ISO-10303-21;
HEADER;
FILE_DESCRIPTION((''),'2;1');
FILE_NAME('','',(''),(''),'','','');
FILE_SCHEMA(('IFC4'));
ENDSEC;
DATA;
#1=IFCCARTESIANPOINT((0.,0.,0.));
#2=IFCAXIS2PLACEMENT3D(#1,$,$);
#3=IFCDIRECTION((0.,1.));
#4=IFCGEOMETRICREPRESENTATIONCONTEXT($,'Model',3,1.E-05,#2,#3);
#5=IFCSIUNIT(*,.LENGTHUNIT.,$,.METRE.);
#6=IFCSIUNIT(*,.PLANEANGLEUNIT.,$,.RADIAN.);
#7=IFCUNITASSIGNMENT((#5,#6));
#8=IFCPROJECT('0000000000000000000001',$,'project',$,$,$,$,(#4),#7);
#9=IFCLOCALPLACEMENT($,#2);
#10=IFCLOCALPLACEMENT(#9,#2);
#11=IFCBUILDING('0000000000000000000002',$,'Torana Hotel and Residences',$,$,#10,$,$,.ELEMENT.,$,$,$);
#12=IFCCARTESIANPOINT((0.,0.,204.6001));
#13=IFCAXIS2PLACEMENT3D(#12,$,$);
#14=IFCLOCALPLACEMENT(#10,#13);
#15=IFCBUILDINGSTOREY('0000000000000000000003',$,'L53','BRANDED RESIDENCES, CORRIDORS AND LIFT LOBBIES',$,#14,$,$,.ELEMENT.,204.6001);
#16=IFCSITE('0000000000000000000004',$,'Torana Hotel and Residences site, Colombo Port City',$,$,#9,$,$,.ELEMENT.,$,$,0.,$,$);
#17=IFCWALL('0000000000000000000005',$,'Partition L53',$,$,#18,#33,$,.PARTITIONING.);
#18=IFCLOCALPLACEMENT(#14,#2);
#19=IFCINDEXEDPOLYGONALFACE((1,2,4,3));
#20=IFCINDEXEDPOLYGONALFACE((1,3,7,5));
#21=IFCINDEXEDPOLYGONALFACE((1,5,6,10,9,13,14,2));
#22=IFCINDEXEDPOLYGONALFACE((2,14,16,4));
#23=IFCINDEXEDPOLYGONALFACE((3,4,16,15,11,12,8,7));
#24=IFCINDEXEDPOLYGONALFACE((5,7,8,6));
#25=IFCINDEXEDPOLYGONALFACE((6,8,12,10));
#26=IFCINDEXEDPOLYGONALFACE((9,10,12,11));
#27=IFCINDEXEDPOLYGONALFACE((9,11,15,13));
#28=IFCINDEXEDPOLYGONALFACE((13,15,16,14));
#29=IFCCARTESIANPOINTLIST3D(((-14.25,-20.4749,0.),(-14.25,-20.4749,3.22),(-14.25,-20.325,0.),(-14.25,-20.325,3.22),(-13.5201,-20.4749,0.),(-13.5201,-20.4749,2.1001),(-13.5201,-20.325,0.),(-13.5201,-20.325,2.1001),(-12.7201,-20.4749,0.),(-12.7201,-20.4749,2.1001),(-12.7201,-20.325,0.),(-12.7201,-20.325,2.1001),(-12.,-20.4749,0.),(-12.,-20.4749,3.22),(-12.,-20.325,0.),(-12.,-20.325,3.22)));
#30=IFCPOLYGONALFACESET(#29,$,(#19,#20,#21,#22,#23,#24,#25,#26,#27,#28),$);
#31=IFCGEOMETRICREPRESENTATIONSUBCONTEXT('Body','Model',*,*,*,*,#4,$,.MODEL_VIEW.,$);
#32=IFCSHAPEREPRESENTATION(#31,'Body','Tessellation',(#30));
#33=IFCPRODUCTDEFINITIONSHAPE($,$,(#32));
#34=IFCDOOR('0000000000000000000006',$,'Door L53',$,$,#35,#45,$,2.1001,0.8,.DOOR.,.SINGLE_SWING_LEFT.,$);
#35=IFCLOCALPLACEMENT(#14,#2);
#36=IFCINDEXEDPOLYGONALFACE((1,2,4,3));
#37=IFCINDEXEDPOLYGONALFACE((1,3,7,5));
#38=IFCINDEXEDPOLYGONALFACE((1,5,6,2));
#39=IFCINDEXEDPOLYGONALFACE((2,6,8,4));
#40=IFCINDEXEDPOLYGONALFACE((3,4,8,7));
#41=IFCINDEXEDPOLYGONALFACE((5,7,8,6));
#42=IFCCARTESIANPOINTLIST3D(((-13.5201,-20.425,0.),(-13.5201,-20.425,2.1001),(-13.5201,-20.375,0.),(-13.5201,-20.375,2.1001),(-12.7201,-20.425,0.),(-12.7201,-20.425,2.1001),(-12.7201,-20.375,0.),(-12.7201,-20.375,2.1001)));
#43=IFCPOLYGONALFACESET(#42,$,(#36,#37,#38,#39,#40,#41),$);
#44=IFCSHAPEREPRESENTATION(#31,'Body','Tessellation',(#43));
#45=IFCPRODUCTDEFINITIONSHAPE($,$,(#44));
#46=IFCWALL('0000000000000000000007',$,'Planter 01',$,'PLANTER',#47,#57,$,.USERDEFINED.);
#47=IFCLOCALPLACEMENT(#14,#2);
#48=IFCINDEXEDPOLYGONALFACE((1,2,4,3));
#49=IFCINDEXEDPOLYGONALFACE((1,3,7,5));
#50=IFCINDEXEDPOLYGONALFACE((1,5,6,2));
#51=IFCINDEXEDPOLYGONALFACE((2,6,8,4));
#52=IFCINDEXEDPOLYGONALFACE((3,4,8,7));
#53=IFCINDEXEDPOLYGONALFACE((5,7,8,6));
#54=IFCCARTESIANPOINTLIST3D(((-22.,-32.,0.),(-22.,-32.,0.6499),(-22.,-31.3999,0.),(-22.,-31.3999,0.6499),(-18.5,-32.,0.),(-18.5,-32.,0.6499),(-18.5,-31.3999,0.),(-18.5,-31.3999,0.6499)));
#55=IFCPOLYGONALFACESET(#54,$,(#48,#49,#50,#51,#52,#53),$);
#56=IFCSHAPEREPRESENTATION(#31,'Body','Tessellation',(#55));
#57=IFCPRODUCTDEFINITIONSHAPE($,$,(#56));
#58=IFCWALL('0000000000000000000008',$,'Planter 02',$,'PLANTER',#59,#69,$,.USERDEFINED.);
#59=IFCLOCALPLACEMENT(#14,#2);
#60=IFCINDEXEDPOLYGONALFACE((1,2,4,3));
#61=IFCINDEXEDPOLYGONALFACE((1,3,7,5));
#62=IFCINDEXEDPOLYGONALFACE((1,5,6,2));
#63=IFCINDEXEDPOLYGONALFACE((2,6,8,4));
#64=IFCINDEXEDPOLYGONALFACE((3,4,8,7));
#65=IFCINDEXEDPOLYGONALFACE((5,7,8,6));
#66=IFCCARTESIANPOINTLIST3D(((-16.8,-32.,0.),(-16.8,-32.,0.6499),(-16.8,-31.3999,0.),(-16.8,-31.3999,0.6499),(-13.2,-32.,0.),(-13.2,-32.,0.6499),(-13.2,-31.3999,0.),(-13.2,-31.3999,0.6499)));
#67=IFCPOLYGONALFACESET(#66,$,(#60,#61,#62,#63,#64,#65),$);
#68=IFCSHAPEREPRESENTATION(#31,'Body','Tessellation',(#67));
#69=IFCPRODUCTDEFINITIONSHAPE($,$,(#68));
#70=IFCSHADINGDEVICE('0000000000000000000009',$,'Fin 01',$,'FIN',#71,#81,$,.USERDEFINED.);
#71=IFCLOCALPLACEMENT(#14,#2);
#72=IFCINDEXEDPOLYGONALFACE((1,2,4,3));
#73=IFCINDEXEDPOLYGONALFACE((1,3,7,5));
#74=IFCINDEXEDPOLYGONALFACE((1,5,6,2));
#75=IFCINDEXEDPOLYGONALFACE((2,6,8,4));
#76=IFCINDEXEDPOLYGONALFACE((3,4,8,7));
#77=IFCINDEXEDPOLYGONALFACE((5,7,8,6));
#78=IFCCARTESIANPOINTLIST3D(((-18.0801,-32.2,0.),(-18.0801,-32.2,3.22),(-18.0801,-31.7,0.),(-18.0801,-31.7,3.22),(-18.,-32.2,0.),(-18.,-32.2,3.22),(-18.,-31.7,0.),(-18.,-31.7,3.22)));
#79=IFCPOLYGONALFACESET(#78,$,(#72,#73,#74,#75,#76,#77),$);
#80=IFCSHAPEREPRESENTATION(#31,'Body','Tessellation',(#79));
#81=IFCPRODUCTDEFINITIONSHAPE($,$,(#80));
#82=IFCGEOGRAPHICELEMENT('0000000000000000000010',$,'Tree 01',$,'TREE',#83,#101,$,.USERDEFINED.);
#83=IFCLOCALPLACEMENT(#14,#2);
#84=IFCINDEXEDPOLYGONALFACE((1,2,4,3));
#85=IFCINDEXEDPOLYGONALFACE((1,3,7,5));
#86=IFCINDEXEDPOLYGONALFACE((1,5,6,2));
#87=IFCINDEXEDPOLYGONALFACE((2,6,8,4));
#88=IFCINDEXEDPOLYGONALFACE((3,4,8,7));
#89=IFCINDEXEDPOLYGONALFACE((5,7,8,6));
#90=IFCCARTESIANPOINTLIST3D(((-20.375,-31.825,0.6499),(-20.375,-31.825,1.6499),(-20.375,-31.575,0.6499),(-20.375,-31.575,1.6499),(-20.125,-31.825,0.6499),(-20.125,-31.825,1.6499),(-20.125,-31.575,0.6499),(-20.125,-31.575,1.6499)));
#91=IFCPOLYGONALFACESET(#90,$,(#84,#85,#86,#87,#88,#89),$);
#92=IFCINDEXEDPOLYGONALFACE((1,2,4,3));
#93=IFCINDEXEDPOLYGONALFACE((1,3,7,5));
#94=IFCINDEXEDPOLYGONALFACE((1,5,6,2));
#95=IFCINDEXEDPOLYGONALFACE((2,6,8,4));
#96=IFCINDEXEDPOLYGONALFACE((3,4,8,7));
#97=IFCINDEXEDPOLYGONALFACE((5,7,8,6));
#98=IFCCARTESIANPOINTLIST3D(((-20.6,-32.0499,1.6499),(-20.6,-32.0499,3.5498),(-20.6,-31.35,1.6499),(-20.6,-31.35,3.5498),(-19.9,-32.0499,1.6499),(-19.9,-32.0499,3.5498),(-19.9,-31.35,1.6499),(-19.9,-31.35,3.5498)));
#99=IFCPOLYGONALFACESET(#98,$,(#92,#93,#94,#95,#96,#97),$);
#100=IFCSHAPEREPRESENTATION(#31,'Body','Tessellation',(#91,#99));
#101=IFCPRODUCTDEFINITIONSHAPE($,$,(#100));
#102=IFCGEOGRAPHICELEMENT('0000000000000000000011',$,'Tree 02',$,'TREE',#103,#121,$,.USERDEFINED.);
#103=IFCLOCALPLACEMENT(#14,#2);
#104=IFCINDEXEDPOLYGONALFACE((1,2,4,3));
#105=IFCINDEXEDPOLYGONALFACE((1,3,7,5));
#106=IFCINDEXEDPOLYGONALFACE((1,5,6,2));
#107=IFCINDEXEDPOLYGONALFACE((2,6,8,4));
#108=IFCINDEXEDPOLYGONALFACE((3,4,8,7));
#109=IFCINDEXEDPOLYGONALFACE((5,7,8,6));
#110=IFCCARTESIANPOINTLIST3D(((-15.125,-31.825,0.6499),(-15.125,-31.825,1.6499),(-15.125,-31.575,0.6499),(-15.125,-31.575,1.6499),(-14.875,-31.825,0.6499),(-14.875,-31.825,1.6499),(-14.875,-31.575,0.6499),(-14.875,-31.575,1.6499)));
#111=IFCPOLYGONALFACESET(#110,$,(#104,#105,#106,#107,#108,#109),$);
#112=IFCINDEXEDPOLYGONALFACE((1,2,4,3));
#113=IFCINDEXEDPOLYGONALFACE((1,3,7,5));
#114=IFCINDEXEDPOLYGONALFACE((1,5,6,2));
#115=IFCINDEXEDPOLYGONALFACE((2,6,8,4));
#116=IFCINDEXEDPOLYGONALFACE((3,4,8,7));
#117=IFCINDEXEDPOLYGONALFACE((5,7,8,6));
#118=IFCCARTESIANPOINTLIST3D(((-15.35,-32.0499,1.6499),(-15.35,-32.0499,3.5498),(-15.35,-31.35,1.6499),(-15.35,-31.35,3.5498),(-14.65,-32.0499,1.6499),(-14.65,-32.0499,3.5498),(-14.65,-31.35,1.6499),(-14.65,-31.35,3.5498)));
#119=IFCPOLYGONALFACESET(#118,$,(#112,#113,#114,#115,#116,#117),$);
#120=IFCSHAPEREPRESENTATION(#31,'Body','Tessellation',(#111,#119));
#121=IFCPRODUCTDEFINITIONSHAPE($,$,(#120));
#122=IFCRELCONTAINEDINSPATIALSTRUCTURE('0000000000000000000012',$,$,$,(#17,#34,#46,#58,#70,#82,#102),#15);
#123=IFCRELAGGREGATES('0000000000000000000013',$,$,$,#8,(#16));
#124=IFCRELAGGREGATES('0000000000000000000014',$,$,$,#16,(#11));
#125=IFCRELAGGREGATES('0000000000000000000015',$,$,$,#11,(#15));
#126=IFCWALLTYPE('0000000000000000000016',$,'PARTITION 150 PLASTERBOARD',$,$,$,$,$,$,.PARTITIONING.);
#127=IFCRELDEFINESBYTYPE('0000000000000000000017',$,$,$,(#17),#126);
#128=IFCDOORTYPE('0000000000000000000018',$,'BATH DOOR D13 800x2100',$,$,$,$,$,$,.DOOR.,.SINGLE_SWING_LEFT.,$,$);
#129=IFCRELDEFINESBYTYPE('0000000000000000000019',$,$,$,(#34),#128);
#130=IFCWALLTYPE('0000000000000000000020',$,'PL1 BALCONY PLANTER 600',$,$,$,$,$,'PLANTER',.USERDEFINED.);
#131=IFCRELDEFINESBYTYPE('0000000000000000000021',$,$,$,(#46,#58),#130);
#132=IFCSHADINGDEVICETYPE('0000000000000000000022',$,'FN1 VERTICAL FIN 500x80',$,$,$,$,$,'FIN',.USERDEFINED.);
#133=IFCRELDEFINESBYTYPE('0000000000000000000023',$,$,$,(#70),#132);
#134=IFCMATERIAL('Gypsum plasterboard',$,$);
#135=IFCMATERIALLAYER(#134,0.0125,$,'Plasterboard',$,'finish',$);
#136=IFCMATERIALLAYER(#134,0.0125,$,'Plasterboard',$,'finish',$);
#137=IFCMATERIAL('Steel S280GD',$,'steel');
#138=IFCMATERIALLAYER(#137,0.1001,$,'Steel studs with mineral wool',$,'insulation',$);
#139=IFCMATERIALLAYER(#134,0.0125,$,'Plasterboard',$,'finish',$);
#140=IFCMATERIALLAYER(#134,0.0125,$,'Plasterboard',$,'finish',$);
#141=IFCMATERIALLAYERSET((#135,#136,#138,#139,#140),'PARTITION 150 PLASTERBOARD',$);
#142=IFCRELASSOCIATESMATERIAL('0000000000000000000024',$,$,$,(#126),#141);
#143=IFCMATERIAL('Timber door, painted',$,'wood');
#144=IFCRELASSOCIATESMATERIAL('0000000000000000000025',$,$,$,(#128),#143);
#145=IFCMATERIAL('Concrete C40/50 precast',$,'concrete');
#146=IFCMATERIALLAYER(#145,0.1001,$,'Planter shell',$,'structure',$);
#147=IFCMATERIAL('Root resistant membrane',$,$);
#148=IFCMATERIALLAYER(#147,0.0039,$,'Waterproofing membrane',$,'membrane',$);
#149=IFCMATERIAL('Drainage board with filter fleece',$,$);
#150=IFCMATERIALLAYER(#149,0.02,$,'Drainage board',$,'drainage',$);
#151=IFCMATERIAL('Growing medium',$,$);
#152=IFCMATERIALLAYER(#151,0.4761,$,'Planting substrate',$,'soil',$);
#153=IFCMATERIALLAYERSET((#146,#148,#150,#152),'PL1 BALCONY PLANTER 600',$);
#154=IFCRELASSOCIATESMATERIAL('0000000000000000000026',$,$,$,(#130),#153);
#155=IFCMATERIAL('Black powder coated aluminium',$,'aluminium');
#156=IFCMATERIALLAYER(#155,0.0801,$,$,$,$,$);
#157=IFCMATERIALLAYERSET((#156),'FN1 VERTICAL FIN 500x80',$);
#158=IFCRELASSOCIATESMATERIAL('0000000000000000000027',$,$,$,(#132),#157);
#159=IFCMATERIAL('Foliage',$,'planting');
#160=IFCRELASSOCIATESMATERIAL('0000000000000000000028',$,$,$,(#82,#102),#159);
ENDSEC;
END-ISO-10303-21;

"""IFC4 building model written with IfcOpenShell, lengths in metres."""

from ifc_helpers import new_model, si_unit, direction, frame, frame_2d, origin, origin_2d, place, context, subcontext, project, spatial, rectangle, extrude, material, layer, layer_set, type_object, element, fill, save


model = new_model("IFC4")

# Units and contexts
model_context = context("Model", 3, precision=1e-05, world=origin(), true_north=direction((0.0, 1.0)))
body_context = subcontext(model_context, "Body", "Model", "MODEL_VIEW")
ifc_project = project(units=[si_unit("LENGTHUNIT", "METRE"), si_unit("PLANEANGLEUNIT", "RADIAN")], contexts=[model_context])

# Site, building, storey
site_placement = place(None, origin())
site = spatial("IfcSite", under=ifc_project, at=site_placement, Name="Torana Hotel and Residences site, Colombo Port City", CompositionType="ELEMENT", RefElevation=0.0)
building_placement = place(site_placement, origin())
building = spatial("IfcBuilding", under=site, at=building_placement, Name="Torana Hotel and Residences", CompositionType="ELEMENT")
storey_placement = place(building_placement, frame((0.0, 0.0, 204.6001)))
storey = spatial("IfcBuildingStorey", under=building, at=storey_placement, Name="L53", Description="BRANDED RESIDENCES, CORRIDORS AND LIFT LOBBIES", CompositionType="ELEMENT", Elevation=204.6001)

# Shared definitions
ifc_material_1 = material(Name="Gypsum plasterboard")
ifc_layer_1 = layer(ifc_material_1, 0.0125, Name="Plasterboard", Category="finish")
ifc_layer_2 = layer(ifc_material_1, 0.0125, Name="Plasterboard", Category="finish")
ifc_material_2 = material(Name="Steel S280GD", Category="steel")
ifc_layer_3 = layer(ifc_material_2, 0.1001, Name="Steel studs with mineral wool", Category="insulation")
ifc_layer_4 = layer(ifc_material_1, 0.0125, Name="Plasterboard", Category="finish")
ifc_layer_5 = layer(ifc_material_1, 0.0125, Name="Plasterboard", Category="finish")
ifc_layer_set_1 = layer_set([ifc_layer_1, ifc_layer_2, ifc_layer_3, ifc_layer_4, ifc_layer_5], Name="PARTITION 150 PLASTERBOARD")
wall_type_1 = type_object("IfcWallType", Name="PARTITION 150 PLASTERBOARD", PredefinedType="PARTITIONING", material=ifc_layer_set_1)

# Wall, opening, door
wall_1_placement = place(storey_placement, frame((-14.25, -20.3999, 0.0), z_axis=(0.0, 0.0, 1.0), x_axis=(1.0, 0.0, 0.0)))
wall_1 = element("IfcWall", 1, at=wall_1_placement, inside=storey, type_object=wall_type_1, Name="Partition L53", PredefinedType="PARTITIONING", context=body_context, shape_type="SweptSolid", body=[
    extrude(rectangle(XDim=2.25, YDim=0.1499, at=frame_2d((1.125, 0.0))), origin(), (0.0, 0.0, 1.0), 3.22),
])
opening_1_placement = place(wall_1_placement, frame((0.73, 0.0, 0.0)))
opening_1 = element("IfcOpeningElement", 2, at=opening_1_placement, cuts=wall_1, PredefinedType="OPENING", context=body_context, shape_type="SweptSolid", body=[
    extrude(rectangle(XDim=0.8, YDim=2.1001, at=frame_2d((0.3999, 1.05))), frame((0.0, 0.085, 0.0), z_axis=(0.0, -1.0, 0.0), x_axis=(1.0, 0.0, 0.0)), (0.0, 0.0, 1.0), 0.1699),
])
ifc_material_3 = material(Name="Timber door, painted", Category="wood")
door_type_1 = type_object("IfcDoorType", Name="BATH DOOR D13 800x2100", OperationType="SINGLE_SWING_LEFT", PredefinedType="DOOR", material=ifc_material_3)
door_1_placement = place(opening_1_placement, origin())
door_1 = element("IfcDoor", 3, at=door_1_placement, inside=storey, type_object=door_type_1, Name="Door L53", OperationType="SINGLE_SWING_LEFT", OverallHeight=2.1001, OverallWidth=0.8, PredefinedType="DOOR", context=body_context, shape_type="SweptSolid", body=[
    extrude(rectangle(XDim=0.8, YDim=2.1001, at=frame_2d((0.3999, 1.05))), frame((0.0, 0.0249, 0.0), z_axis=(0.0, -1.0, 0.0), x_axis=(1.0, 0.0, 0.0)), (0.0, 0.0, 1.0), 0.05),
])
fill(opening_1, door_1)

# Walls
ifc_material_4 = material(Name="Concrete C40/50 precast", Category="concrete")
ifc_layer_6 = layer(ifc_material_4, 0.1001, Name="Planter shell", Category="structure")
ifc_material_5 = material(Name="Root resistant membrane")
ifc_layer_7 = layer(ifc_material_5, 0.0039, Name="Waterproofing membrane", Category="membrane")
ifc_material_6 = material(Name="Drainage board with filter fleece")
ifc_layer_8 = layer(ifc_material_6, 0.02, Name="Drainage board", Category="drainage")
ifc_material_7 = material(Name="Growing medium")
ifc_layer_9 = layer(ifc_material_7, 0.4761, Name="Planting substrate", Category="soil")
ifc_layer_set_2 = layer_set([ifc_layer_6, ifc_layer_7, ifc_layer_8, ifc_layer_9], Name="PL1 BALCONY PLANTER 600")
wall_type_2 = type_object("IfcWallType", Name="PL1 BALCONY PLANTER 600", ElementType="PLANTER", PredefinedType="USERDEFINED", material=ifc_layer_set_2)
wall_2_placement = place(storey_placement, frame((-18.5, -31.7, 0.0), z_axis=(0.0, 0.0, 1.0), x_axis=(-1.0, 0.0, 0.0)))
element("IfcWall", 4, at=wall_2_placement, inside=storey, type_object=wall_type_2, Name="Planter 01", ObjectType="PLANTER", PredefinedType="USERDEFINED", context=body_context, shape_type="SweptSolid", body=[
    extrude(rectangle(XDim=3.5, YDim=0.6001, at=frame_2d((1.75, 0.0))), origin(), (0.0, 0.0, 1.0), 0.6499),
])
wall_3_placement = place(storey_placement, frame((-13.2, -31.7, 0.0), z_axis=(0.0, 0.0, 1.0), x_axis=(-1.0, 0.0, 0.0)))
element("IfcWall", 5, at=wall_3_placement, inside=storey, type_object=wall_type_2, Name="Planter 02", ObjectType="PLANTER", PredefinedType="USERDEFINED", context=body_context, shape_type="SweptSolid", body=[
    extrude(rectangle(XDim=3.6001, YDim=0.6001, at=frame_2d((1.8, 0.0))), origin(), (0.0, 0.0, 1.0), 0.6499),
])

# Shading device
ifc_material_8 = material(Name="Black powder coated aluminium", Category="aluminium")
ifc_layer_10 = layer(ifc_material_8, 0.0801)
ifc_layer_set_3 = layer_set([ifc_layer_10], Name="FN1 VERTICAL FIN 500x80")
shading_device_type = type_object("IfcShadingDeviceType", Name="FN1 VERTICAL FIN 500x80", ElementType="FIN", PredefinedType="USERDEFINED", material=ifc_layer_set_3)
shading_device_placement = place(storey_placement, frame((-18.04, -31.95, 0.0), z_axis=(0.0, 0.0, 1.0), x_axis=(-1.0, 0.0, 0.0)))
element("IfcShadingDevice", 6, at=shading_device_placement, inside=storey, type_object=shading_device_type, Name="Fin 01", ObjectType="FIN", PredefinedType="USERDEFINED", context=body_context, shape_type="SweptSolid", body=[
    extrude(rectangle(XDim=0.0801, YDim=0.5, at=origin_2d()), origin(), (0.0, 0.0, 1.0), 3.22),
])

# Geographic elements
ifc_material_9 = material(Name="Foliage", Category="planting")
for number, where, z_axis, x_axis, name in (
    (7, (-20.25, -31.7, 0.6499), (0.0, 0.0, 1.0), (1.0, 0.0, 0.0), "Tree 01"),
    (8, (-15.0, -31.7, 0.6499), (0.0, 0.0, 1.0), (1.0, 0.0, 0.0), "Tree 02"),
):
    element("IfcGeographicElement", number, at=place(storey_placement, frame(where, z_axis=z_axis, x_axis=x_axis)), inside=storey, material=ifc_material_9, Name=name, ObjectType="TREE", PredefinedType="USERDEFINED", context=body_context, shape_type="SweptSolid", body=[
        extrude(rectangle(XDim=0.25, YDim=0.25, at=origin_2d()), origin(), (0.0, 0.0, 1.0), 1.0),
        extrude(rectangle(XDim=0.7, YDim=0.7, at=origin_2d()), frame((0.0, 0.0, 1.0)), (0.0, 0.0, 1.0), 1.8999),
    ])

save(model, "model.ifc")
